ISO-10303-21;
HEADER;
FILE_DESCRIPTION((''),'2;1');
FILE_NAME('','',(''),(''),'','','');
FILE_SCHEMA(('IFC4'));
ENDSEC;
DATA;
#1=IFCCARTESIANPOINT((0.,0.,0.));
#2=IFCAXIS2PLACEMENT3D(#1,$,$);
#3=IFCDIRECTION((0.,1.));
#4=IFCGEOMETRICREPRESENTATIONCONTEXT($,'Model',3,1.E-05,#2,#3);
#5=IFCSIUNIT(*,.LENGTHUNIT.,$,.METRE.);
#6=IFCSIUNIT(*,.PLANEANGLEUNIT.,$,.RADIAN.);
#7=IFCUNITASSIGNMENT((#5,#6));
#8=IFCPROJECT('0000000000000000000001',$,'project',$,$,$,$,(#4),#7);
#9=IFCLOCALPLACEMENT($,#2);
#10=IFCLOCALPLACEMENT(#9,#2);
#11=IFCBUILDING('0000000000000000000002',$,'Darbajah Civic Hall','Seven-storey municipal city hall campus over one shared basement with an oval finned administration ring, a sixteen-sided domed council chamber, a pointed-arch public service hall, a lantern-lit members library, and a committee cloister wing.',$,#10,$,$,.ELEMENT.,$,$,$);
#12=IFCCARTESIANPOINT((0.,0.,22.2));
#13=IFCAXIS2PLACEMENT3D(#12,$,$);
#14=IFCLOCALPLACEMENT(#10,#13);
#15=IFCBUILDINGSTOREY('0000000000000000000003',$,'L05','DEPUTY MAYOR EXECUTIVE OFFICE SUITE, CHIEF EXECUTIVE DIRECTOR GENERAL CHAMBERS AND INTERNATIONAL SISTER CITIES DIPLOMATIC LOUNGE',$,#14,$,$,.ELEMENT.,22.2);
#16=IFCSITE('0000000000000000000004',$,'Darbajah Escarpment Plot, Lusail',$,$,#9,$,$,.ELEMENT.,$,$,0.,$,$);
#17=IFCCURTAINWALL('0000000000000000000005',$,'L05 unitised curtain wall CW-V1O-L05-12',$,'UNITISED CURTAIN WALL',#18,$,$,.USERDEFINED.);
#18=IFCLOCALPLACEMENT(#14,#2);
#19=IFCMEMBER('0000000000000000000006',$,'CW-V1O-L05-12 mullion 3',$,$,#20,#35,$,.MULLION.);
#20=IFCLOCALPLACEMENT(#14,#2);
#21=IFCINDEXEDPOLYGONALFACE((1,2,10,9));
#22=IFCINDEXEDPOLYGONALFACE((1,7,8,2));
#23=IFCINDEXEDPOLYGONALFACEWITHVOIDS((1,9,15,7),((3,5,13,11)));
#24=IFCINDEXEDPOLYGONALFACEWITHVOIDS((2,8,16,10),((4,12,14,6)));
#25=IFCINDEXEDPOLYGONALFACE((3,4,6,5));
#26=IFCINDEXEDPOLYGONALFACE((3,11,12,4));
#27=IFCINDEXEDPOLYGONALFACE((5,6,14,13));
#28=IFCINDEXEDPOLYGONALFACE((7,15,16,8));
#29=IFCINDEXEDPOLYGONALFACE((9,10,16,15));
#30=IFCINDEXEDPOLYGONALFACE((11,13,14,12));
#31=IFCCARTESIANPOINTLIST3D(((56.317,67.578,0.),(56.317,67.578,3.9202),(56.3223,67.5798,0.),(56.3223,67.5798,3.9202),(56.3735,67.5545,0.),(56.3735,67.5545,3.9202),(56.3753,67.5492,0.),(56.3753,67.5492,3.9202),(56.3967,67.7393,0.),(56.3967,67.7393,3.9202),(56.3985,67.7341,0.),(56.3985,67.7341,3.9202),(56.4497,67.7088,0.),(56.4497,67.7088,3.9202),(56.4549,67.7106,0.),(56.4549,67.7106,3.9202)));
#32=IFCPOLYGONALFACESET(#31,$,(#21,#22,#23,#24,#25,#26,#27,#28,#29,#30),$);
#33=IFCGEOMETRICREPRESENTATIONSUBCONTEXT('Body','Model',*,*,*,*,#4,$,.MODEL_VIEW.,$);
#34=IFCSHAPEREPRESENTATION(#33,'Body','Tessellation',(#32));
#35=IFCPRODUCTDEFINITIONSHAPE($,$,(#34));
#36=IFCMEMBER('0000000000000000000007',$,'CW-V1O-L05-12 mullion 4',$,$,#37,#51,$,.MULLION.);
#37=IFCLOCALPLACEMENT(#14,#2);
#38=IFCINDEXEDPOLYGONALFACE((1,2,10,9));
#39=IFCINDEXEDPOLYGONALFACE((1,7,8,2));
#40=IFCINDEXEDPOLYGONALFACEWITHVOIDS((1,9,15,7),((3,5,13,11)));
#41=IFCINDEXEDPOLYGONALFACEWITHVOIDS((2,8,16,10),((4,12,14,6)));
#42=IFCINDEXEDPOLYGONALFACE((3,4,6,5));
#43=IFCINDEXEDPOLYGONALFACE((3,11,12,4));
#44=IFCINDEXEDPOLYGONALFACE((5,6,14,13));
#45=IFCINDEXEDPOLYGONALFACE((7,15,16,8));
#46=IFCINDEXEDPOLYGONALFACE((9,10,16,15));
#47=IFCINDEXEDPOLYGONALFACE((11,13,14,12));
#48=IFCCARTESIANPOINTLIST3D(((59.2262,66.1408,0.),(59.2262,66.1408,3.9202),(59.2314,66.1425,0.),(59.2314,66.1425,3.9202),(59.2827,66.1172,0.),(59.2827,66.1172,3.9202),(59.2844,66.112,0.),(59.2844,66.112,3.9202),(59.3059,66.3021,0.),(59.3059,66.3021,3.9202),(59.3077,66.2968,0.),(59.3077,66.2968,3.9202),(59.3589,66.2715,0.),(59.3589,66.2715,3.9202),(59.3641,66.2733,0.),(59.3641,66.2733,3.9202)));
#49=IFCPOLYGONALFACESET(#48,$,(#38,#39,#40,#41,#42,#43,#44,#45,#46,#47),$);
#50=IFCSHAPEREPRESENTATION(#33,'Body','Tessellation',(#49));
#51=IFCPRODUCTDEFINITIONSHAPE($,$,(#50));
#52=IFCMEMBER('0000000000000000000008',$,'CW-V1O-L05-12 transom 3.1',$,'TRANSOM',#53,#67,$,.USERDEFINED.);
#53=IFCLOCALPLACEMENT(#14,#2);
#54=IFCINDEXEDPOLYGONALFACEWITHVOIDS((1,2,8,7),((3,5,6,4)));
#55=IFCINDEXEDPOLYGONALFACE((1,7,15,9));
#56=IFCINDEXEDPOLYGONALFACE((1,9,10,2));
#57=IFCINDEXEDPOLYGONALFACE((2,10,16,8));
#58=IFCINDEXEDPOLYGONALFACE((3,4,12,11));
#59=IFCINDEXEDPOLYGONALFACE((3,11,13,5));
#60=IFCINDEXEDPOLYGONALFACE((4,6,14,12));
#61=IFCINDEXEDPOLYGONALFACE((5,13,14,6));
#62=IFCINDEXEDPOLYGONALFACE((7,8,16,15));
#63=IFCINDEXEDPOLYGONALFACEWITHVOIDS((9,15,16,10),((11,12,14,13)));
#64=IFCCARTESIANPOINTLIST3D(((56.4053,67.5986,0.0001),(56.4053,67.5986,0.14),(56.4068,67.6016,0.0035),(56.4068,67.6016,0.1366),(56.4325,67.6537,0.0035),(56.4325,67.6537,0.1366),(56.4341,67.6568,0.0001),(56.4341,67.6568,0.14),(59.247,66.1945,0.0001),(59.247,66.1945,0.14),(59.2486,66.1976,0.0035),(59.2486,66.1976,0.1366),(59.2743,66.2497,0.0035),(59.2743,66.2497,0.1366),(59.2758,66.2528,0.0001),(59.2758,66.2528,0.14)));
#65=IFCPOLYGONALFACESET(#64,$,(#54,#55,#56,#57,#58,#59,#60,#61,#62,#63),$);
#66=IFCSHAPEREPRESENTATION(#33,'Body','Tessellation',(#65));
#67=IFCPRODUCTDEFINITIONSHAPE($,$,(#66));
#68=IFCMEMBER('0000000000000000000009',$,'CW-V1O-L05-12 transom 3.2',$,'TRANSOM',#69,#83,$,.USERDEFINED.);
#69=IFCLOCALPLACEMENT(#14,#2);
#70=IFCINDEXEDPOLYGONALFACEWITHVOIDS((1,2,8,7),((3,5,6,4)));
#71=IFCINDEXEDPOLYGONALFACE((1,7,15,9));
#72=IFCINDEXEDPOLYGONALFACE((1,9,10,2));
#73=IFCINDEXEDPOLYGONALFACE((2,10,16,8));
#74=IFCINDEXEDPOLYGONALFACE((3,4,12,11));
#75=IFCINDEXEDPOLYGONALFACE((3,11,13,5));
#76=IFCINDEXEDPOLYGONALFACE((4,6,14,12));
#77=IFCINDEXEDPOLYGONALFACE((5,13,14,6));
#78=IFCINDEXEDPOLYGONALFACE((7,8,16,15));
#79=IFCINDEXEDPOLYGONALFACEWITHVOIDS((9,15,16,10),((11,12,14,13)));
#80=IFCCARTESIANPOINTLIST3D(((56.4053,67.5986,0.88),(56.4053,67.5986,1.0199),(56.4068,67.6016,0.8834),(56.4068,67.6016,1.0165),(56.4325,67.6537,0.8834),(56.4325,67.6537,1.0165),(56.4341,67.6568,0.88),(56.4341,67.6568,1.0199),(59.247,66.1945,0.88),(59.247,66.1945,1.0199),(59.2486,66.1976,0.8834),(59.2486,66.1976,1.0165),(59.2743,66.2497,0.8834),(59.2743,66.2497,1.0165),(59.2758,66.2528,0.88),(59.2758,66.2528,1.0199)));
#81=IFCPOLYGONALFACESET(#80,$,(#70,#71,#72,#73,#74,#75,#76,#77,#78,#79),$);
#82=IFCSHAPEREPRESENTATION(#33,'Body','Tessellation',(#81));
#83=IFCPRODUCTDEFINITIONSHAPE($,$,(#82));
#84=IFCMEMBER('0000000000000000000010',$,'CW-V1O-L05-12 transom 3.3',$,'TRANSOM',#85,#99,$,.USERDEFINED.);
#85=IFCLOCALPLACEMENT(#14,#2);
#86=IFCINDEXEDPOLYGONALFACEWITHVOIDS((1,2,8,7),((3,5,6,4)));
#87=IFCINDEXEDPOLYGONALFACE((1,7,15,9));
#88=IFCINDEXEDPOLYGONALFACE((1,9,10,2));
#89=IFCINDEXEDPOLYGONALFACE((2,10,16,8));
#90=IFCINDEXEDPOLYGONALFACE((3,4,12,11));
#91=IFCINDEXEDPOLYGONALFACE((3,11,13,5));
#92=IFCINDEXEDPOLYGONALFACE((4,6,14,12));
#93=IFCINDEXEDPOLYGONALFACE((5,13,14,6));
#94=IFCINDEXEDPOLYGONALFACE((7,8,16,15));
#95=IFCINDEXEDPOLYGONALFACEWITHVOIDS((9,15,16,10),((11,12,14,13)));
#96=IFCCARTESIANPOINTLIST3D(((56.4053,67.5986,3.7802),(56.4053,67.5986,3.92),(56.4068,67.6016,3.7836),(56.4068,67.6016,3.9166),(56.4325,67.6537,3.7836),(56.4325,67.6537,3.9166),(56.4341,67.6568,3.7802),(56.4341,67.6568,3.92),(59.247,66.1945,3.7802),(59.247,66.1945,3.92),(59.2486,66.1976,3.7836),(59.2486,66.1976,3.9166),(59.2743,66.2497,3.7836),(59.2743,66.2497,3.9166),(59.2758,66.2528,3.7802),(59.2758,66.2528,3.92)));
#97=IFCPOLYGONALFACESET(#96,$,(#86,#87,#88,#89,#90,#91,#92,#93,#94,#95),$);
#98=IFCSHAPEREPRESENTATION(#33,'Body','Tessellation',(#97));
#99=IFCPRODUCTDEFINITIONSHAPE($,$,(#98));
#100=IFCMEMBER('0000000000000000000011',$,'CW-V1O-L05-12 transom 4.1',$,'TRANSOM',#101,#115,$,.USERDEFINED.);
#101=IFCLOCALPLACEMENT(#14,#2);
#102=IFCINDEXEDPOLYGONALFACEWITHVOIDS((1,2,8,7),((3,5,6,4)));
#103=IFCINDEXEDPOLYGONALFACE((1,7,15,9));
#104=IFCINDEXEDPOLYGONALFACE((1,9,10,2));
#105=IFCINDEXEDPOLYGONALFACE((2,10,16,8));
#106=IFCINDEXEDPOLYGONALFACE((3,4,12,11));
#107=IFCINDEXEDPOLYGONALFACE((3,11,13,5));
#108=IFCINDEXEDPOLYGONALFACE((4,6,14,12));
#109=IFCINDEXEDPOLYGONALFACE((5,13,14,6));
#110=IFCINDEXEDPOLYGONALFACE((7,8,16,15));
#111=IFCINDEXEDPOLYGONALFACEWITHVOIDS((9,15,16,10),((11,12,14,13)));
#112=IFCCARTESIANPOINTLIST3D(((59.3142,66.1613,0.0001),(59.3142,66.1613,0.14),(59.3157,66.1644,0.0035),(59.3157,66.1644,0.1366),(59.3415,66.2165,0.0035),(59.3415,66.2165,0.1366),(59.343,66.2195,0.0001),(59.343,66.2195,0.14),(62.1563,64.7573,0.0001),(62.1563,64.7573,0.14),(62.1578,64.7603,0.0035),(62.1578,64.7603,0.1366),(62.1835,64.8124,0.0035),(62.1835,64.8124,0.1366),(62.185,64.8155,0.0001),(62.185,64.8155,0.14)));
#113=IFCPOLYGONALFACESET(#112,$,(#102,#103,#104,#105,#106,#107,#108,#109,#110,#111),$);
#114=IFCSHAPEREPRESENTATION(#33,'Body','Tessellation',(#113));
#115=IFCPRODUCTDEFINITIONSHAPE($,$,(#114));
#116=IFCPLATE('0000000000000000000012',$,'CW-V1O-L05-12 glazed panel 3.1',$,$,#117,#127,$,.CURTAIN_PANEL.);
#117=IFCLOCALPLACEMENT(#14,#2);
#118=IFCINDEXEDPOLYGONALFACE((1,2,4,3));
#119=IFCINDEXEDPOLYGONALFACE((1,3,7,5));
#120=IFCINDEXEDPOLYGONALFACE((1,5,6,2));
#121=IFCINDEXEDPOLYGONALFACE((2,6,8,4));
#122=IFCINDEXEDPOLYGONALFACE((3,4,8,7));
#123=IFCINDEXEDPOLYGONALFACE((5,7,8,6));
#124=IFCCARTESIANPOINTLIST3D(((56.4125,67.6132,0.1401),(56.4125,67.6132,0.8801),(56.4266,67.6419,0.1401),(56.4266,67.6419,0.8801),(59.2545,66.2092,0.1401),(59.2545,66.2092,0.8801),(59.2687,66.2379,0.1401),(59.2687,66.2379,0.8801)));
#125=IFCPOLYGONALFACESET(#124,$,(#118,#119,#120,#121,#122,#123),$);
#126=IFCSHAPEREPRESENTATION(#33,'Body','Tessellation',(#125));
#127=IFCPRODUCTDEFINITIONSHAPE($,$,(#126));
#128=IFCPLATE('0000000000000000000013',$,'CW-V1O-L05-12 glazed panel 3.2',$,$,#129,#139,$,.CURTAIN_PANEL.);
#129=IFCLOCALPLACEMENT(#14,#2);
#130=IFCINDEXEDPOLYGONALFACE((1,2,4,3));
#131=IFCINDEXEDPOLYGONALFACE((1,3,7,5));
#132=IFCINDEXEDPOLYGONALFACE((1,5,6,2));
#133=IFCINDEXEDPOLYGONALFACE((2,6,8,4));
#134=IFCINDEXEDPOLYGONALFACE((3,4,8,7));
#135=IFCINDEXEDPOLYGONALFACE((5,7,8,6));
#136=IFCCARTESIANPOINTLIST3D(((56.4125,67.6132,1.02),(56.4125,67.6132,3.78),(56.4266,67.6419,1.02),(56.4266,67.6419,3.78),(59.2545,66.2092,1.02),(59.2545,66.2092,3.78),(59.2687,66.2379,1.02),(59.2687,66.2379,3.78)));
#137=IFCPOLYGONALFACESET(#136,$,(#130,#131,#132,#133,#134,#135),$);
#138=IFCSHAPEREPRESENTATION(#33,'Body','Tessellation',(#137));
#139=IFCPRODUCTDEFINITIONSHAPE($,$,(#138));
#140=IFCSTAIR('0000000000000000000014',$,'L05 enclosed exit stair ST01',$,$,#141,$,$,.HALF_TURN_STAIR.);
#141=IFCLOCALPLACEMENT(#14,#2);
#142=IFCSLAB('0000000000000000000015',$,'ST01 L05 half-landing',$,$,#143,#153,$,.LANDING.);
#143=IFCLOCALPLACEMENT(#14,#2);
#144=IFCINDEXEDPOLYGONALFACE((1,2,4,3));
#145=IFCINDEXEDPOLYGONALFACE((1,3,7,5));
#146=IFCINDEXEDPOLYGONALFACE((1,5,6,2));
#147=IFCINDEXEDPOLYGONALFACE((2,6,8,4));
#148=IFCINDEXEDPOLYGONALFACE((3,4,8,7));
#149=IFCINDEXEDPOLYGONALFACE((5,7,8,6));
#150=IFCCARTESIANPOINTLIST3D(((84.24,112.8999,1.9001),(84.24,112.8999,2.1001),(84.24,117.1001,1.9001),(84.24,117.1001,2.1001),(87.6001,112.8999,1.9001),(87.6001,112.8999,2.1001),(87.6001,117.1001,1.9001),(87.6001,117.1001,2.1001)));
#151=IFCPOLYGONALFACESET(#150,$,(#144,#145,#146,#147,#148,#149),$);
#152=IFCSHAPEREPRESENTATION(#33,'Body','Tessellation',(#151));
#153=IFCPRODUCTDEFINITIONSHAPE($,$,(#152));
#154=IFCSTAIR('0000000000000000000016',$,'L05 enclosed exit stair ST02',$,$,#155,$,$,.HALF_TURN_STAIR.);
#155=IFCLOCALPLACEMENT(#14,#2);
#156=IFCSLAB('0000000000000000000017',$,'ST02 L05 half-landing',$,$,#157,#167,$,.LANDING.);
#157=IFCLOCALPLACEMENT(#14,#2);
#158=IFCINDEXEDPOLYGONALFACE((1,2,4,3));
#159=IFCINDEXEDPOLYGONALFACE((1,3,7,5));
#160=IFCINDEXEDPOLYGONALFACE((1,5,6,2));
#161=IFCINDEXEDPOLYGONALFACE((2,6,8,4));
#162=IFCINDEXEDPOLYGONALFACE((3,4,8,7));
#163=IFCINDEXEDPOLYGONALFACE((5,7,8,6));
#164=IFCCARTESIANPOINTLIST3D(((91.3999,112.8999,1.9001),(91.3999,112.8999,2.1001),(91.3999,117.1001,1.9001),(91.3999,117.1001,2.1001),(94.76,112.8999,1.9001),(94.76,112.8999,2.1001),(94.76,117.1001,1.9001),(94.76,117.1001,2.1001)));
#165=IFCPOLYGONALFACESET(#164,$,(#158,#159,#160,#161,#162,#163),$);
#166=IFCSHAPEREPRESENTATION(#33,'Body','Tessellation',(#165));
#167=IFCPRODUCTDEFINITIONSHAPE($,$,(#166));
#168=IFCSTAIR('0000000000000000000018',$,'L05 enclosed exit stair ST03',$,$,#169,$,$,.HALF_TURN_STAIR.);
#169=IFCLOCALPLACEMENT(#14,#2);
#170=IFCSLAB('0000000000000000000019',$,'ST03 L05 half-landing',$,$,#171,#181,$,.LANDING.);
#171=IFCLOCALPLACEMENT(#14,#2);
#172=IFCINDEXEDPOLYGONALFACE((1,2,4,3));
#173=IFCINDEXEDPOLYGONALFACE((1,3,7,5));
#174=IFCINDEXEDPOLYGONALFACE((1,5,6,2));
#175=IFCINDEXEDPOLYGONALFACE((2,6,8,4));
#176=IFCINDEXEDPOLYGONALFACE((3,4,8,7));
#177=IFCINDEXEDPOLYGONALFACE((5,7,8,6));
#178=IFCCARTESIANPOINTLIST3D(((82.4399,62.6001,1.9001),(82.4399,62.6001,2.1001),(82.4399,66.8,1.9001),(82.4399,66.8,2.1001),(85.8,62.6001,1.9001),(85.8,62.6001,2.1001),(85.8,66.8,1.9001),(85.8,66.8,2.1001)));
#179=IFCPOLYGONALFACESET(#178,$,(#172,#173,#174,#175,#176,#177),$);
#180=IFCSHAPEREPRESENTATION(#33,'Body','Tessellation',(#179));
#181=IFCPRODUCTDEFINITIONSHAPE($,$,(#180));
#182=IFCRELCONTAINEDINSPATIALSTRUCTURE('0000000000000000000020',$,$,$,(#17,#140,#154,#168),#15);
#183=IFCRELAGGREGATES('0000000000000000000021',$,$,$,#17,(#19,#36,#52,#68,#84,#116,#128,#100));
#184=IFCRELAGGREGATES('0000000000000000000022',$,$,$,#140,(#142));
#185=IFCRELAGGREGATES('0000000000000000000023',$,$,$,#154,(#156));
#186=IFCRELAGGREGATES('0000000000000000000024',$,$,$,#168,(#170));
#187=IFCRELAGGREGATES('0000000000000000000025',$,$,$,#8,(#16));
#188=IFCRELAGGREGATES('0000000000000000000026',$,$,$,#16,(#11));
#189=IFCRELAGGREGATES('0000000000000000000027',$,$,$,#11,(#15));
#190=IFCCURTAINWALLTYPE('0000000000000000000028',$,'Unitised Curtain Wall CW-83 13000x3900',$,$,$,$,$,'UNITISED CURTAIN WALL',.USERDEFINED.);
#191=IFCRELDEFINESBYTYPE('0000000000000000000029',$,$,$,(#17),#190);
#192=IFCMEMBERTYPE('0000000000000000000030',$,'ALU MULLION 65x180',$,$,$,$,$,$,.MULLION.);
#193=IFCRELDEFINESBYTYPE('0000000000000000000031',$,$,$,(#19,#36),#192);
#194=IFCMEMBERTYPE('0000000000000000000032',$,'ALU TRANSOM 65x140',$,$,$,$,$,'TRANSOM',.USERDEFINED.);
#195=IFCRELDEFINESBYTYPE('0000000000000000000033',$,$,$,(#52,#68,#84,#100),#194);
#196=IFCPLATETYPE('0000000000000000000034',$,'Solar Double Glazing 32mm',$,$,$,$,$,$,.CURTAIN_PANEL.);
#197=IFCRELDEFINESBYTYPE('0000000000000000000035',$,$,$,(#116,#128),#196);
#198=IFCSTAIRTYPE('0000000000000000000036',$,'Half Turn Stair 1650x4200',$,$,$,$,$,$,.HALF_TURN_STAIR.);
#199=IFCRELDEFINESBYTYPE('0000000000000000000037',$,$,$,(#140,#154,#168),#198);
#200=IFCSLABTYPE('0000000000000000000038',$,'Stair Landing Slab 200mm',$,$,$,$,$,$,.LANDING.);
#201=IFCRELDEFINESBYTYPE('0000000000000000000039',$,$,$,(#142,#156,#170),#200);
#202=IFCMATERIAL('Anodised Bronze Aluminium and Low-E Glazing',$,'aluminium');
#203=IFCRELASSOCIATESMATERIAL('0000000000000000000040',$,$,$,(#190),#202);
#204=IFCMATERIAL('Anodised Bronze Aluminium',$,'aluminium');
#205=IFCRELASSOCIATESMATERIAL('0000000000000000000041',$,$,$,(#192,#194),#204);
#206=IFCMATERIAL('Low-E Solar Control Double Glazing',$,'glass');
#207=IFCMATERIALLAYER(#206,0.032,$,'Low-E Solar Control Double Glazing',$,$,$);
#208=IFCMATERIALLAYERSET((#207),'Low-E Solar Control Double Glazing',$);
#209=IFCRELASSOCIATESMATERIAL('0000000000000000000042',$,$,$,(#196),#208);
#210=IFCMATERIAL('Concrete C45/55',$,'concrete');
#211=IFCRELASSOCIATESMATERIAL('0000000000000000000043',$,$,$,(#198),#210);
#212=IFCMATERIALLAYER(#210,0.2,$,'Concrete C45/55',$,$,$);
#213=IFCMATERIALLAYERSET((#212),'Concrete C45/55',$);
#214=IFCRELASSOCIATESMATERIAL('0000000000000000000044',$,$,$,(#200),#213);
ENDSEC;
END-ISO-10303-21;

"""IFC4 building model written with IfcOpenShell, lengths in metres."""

from ifc_helpers import new_model, si_unit, direction, frame, origin, origin_2d, place, context, subcontext, project, spatial, polyline, rectangle, hollow_rectangle, outline, extrude, material, layer, layer_set, material_profile, profile_set, type_object, element, aggregate, save


model = new_model("IFC4")

# Units and contexts
model_context = context("Model", 3, precision=1e-05, world=origin(), true_north=direction((0.0, 1.0)))
body_context = subcontext(model_context, "Body", "Model", "MODEL_VIEW")
ifc_project = project(units=[si_unit("LENGTHUNIT", "METRE"), si_unit("PLANEANGLEUNIT", "RADIAN")], contexts=[model_context])

# Site, building, storey
site_placement = place(None, origin())
site = spatial("IfcSite", under=ifc_project, at=site_placement, Name="Darbajah Escarpment Plot, Lusail", CompositionType="ELEMENT", RefElevation=0.0)
building_placement = place(site_placement, origin())
building = spatial("IfcBuilding", under=site, at=building_placement, Name="Darbajah Civic Hall", Description="Seven-storey municipal city hall campus over one shared basement with an oval finned administration ring, a sixteen-sided domed council chamber, a pointed-arch public service hall, a lantern-lit members library, and a committee cloister wing.", CompositionType="ELEMENT")
storey_placement = place(building_placement, frame((0.0, 0.0, 22.2)))
storey = spatial("IfcBuildingStorey", under=building, at=storey_placement, Name="L05", Description="DEPUTY MAYOR EXECUTIVE OFFICE SUITE, CHIEF EXECUTIVE DIRECTOR GENERAL CHAMBERS AND INTERNATIONAL SISTER CITIES DIPLOMATIC LOUNGE", CompositionType="ELEMENT", Elevation=22.2)

# Curtain wall, members, plates
ifc_material_1 = material(Name="Anodised Bronze Aluminium and Low-E Glazing", Category="aluminium")
curtain_wall_type = type_object("IfcCurtainWallType", Name="Unitised Curtain Wall CW-83 13000x3900", ElementType="UNITISED CURTAIN WALL", PredefinedType="USERDEFINED", material=ifc_material_1)
curtain_wall_placement = place(storey_placement, origin())
curtain_wall = element("IfcCurtainWall", 1, at=curtain_wall_placement, inside=storey, type_object=curtain_wall_type, Name="L05 unitised curtain wall CW-V1O-L05-12", ObjectType="UNITISED CURTAIN WALL", PredefinedType="USERDEFINED")
ifc_material_2 = material(Name="Anodised Bronze Aluminium", Category="aluminium")
ifc_material_profile_1 = material_profile(ifc_material_2, hollow_rectangle(XDim=0.0649, YDim=0.1799, WallThickness=0.0039, at=origin_2d()), Name="ALU MULLION 65x180")
ifc_profile_set_1 = profile_set([ifc_material_profile_1], Name="Anodised Bronze Aluminium")
member_type_1 = type_object("IfcMemberType", Name="ALU MULLION 65x180", PredefinedType="MULLION", material=ifc_profile_set_1)
member_1_placement = place(storey_placement, frame((56.386, 67.6443, 0.0), z_axis=(0.0, 0.0, 1.0), x_axis=(0.896564, -0.442915, 0.0)))
member_1 = element("IfcMember", 2, at=member_1_placement, type_object=member_type_1, Name="CW-V1O-L05-12 mullion 3", PredefinedType="MULLION", context=body_context, shape_type="SweptSolid", body=[
    extrude(hollow_rectangle(XDim=0.0649, YDim=0.1799, WallThickness=0.0039, at=origin_2d()), origin(), (0.0, 0.0, 1.0), 3.9202),
])
member_2_placement = place(storey_placement, frame((59.2952, 66.207, 0.0), z_axis=(0.0, 0.0, 1.0), x_axis=(0.896564, -0.442915, 0.0)))
member_2 = element("IfcMember", 3, at=member_2_placement, type_object=member_type_1, Name="CW-V1O-L05-12 mullion 4", PredefinedType="MULLION", context=body_context, shape_type="SweptSolid", body=[
    extrude(hollow_rectangle(XDim=0.0649, YDim=0.1799, WallThickness=0.0039, at=origin_2d()), origin(), (0.0, 0.0, 1.0), 3.9202),
])
ifc_material_profile_2 = material_profile(ifc_material_2, hollow_rectangle(XDim=0.0649, YDim=0.1399, WallThickness=0.0034, at=origin_2d()), Name="ALU TRANSOM 65x140")
ifc_profile_set_2 = profile_set([ifc_material_profile_2], Name="Anodised Bronze Aluminium")
member_type_2 = type_object("IfcMemberType", Name="ALU TRANSOM 65x140", ElementType="TRANSOM", PredefinedType="USERDEFINED", material=ifc_profile_set_2)
member_3_placement = place(storey_placement, frame((56.4197, 67.6277, 0.0701), z_axis=(0.896543, -0.442957, 0.0), x_axis=(0.442957, 0.896543, 0.0)))
member_3 = element("IfcMember", 4, at=member_3_placement, type_object=member_type_2, Name="CW-V1O-L05-12 transom 3.1", ObjectType="TRANSOM", PredefinedType="USERDEFINED", context=body_context, shape_type="SweptSolid", body=[
    extrude(hollow_rectangle(XDim=0.0649, YDim=0.1399, WallThickness=0.0034, at=origin_2d()), origin(), (0.0, 0.0, 1.0), 3.1697),
])
member_4_placement = place(storey_placement, frame((56.4197, 67.6277, 0.95), z_axis=(0.896543, -0.442957, 0.0), x_axis=(0.442957, 0.896543, 0.0)))
member_4 = element("IfcMember", 5, at=member_4_placement, type_object=member_type_2, Name="CW-V1O-L05-12 transom 3.2", ObjectType="TRANSOM", PredefinedType="USERDEFINED", context=body_context, shape_type="SweptSolid", body=[
    extrude(hollow_rectangle(XDim=0.0649, YDim=0.1399, WallThickness=0.0034, at=origin_2d()), origin(), (0.0, 0.0, 1.0), 3.1697),
])
member_5_placement = place(storey_placement, frame((56.4197, 67.6277, 3.8501), z_axis=(0.896543, -0.442957, 0.0), x_axis=(0.442957, 0.896543, 0.0)))
member_5 = element("IfcMember", 6, at=member_5_placement, type_object=member_type_2, Name="CW-V1O-L05-12 transom 3.3", ObjectType="TRANSOM", PredefinedType="USERDEFINED", context=body_context, shape_type="SweptSolid", body=[
    extrude(hollow_rectangle(XDim=0.0649, YDim=0.1399, WallThickness=0.0034, at=origin_2d()), origin(), (0.0, 0.0, 1.0), 3.1697),
])
member_6_placement = place(storey_placement, frame((59.3286, 66.1904, 0.0701), z_axis=(0.896558, -0.442926, 0.0), x_axis=(0.442926, 0.896558, 0.0)))
member_6 = element("IfcMember", 7, at=member_6_placement, type_object=member_type_2, Name="CW-V1O-L05-12 transom 4.1", ObjectType="TRANSOM", PredefinedType="USERDEFINED", context=body_context, shape_type="SweptSolid", body=[
    extrude(hollow_rectangle(XDim=0.0649, YDim=0.1399, WallThickness=0.0034, at=origin_2d()), origin(), (0.0, 0.0, 1.0), 3.1699),
])
ifc_material_3 = material(Name="Low-E Solar Control Double Glazing", Category="glass")
ifc_layer_1 = layer(ifc_material_3, 0.032, Name="Low-E Solar Control Double Glazing")
ifc_layer_set_1 = layer_set([ifc_layer_1], Name="Low-E Solar Control Double Glazing")
plate_type = type_object("IfcPlateType", Name="Solar Double Glazing 32mm", PredefinedType="CURTAIN_PANEL", material=ifc_layer_set_1)
plate_1_placement = place(storey_placement, frame((57.8406, 66.9255, 0.1401), z_axis=(0.0, 0.0, 1.0), x_axis=(0.896564, -0.442915, 0.0)))
plate_1 = element("IfcPlate", 8, at=plate_1_placement, type_object=plate_type, Name="CW-V1O-L05-12 glazed panel 3.1", PredefinedType="CURTAIN_PANEL", context=body_context, shape_type="SweptSolid", body=[
    extrude(rectangle(XDim=3.1699, YDim=0.032, at=origin_2d()), origin(), (0.0, 0.0, 1.0), 0.74),
])
plate_2_placement = place(storey_placement, frame((57.8406, 66.9255, 1.02), z_axis=(0.0, 0.0, 1.0), x_axis=(0.896564, -0.442915, 0.0)))
plate_2 = element("IfcPlate", 9, at=plate_2_placement, type_object=plate_type, Name="CW-V1O-L05-12 glazed panel 3.2", PredefinedType="CURTAIN_PANEL", context=body_context, shape_type="SweptSolid", body=[
    extrude(rectangle(XDim=3.1699, YDim=0.032, at=origin_2d()), origin(), (0.0, 0.0, 1.0), 2.76),
])
aggregate(curtain_wall, [member_1, member_2, member_3, member_4, member_5, plate_1, plate_2, member_6])

# Stairs, slabs
ifc_material_4 = material(Name="Concrete C45/55", Category="concrete")
stair_type = type_object("IfcStairType", Name="Half Turn Stair 1650x4200", PredefinedType="HALF_TURN_STAIR", material=ifc_material_4)
stair_1_placement = place(storey_placement, origin())
stair_1 = element("IfcStair", 10, at=stair_1_placement, inside=storey, type_object=stair_type, Name="L05 enclosed exit stair ST01", PredefinedType="HALF_TURN_STAIR")
ifc_layer_2 = layer(ifc_material_4, 0.2, Name="Concrete C45/55")
ifc_layer_set_2 = layer_set([ifc_layer_2], Name="Concrete C45/55")
slab_type_1 = type_object("IfcSlabType", Name="Stair Landing Slab 200mm", PredefinedType="LANDING", material=ifc_layer_set_2)
slab_1_placement = place(storey_placement, frame((0.0, 0.0, 1.9001)))
slab_1 = element("IfcSlab", 11, at=slab_1_placement, type_object=slab_type_1, Name="ST01 L05 half-landing", PredefinedType="LANDING", context=body_context, shape_type="SweptSolid", body=[
    extrude(outline(polyline([(84.24, 112.8999), (87.6001, 112.8999), (87.6001, 117.1001), (84.24, 117.1001), (84.24, 112.8999)])), origin(), (0.0, 0.0, 1.0), 0.2),
])
aggregate(stair_1, [slab_1])
stair_2_placement = place(storey_placement, origin())
stair_2 = element("IfcStair", 12, at=stair_2_placement, inside=storey, type_object=stair_type, Name="L05 enclosed exit stair ST02", PredefinedType="HALF_TURN_STAIR")
slab_2_placement = place(storey_placement, frame((0.0, 0.0, 1.9001)))
slab_2 = element("IfcSlab", 13, at=slab_2_placement, type_object=slab_type_1, Name="ST02 L05 half-landing", PredefinedType="LANDING", context=body_context, shape_type="SweptSolid", body=[
    extrude(outline(polyline([(91.3999, 112.8999), (94.76, 112.8999), (94.76, 117.1001), (91.3999, 117.1001), (91.3999, 112.8999)])), origin(), (0.0, 0.0, 1.0), 0.2),
])
aggregate(stair_2, [slab_2])
stair_3_placement = place(storey_placement, origin())
stair_3 = element("IfcStair", 14, at=stair_3_placement, inside=storey, type_object=stair_type, Name="L05 enclosed exit stair ST03", PredefinedType="HALF_TURN_STAIR")
slab_3_placement = place(storey_placement, frame((0.0, 0.0, 1.9001)))
slab_3 = element("IfcSlab", 15, at=slab_3_placement, type_object=slab_type_1, Name="ST03 L05 half-landing", PredefinedType="LANDING", context=body_context, shape_type="SweptSolid", body=[
    extrude(outline(polyline([(82.4399, 62.6001), (85.8, 62.6001), (85.8, 66.8), (82.4399, 66.8), (82.4399, 62.6001)])), origin(), (0.0, 0.0, 1.0), 0.2),
])
aggregate(stair_3, [slab_3])

save(model, "model.ifc")
